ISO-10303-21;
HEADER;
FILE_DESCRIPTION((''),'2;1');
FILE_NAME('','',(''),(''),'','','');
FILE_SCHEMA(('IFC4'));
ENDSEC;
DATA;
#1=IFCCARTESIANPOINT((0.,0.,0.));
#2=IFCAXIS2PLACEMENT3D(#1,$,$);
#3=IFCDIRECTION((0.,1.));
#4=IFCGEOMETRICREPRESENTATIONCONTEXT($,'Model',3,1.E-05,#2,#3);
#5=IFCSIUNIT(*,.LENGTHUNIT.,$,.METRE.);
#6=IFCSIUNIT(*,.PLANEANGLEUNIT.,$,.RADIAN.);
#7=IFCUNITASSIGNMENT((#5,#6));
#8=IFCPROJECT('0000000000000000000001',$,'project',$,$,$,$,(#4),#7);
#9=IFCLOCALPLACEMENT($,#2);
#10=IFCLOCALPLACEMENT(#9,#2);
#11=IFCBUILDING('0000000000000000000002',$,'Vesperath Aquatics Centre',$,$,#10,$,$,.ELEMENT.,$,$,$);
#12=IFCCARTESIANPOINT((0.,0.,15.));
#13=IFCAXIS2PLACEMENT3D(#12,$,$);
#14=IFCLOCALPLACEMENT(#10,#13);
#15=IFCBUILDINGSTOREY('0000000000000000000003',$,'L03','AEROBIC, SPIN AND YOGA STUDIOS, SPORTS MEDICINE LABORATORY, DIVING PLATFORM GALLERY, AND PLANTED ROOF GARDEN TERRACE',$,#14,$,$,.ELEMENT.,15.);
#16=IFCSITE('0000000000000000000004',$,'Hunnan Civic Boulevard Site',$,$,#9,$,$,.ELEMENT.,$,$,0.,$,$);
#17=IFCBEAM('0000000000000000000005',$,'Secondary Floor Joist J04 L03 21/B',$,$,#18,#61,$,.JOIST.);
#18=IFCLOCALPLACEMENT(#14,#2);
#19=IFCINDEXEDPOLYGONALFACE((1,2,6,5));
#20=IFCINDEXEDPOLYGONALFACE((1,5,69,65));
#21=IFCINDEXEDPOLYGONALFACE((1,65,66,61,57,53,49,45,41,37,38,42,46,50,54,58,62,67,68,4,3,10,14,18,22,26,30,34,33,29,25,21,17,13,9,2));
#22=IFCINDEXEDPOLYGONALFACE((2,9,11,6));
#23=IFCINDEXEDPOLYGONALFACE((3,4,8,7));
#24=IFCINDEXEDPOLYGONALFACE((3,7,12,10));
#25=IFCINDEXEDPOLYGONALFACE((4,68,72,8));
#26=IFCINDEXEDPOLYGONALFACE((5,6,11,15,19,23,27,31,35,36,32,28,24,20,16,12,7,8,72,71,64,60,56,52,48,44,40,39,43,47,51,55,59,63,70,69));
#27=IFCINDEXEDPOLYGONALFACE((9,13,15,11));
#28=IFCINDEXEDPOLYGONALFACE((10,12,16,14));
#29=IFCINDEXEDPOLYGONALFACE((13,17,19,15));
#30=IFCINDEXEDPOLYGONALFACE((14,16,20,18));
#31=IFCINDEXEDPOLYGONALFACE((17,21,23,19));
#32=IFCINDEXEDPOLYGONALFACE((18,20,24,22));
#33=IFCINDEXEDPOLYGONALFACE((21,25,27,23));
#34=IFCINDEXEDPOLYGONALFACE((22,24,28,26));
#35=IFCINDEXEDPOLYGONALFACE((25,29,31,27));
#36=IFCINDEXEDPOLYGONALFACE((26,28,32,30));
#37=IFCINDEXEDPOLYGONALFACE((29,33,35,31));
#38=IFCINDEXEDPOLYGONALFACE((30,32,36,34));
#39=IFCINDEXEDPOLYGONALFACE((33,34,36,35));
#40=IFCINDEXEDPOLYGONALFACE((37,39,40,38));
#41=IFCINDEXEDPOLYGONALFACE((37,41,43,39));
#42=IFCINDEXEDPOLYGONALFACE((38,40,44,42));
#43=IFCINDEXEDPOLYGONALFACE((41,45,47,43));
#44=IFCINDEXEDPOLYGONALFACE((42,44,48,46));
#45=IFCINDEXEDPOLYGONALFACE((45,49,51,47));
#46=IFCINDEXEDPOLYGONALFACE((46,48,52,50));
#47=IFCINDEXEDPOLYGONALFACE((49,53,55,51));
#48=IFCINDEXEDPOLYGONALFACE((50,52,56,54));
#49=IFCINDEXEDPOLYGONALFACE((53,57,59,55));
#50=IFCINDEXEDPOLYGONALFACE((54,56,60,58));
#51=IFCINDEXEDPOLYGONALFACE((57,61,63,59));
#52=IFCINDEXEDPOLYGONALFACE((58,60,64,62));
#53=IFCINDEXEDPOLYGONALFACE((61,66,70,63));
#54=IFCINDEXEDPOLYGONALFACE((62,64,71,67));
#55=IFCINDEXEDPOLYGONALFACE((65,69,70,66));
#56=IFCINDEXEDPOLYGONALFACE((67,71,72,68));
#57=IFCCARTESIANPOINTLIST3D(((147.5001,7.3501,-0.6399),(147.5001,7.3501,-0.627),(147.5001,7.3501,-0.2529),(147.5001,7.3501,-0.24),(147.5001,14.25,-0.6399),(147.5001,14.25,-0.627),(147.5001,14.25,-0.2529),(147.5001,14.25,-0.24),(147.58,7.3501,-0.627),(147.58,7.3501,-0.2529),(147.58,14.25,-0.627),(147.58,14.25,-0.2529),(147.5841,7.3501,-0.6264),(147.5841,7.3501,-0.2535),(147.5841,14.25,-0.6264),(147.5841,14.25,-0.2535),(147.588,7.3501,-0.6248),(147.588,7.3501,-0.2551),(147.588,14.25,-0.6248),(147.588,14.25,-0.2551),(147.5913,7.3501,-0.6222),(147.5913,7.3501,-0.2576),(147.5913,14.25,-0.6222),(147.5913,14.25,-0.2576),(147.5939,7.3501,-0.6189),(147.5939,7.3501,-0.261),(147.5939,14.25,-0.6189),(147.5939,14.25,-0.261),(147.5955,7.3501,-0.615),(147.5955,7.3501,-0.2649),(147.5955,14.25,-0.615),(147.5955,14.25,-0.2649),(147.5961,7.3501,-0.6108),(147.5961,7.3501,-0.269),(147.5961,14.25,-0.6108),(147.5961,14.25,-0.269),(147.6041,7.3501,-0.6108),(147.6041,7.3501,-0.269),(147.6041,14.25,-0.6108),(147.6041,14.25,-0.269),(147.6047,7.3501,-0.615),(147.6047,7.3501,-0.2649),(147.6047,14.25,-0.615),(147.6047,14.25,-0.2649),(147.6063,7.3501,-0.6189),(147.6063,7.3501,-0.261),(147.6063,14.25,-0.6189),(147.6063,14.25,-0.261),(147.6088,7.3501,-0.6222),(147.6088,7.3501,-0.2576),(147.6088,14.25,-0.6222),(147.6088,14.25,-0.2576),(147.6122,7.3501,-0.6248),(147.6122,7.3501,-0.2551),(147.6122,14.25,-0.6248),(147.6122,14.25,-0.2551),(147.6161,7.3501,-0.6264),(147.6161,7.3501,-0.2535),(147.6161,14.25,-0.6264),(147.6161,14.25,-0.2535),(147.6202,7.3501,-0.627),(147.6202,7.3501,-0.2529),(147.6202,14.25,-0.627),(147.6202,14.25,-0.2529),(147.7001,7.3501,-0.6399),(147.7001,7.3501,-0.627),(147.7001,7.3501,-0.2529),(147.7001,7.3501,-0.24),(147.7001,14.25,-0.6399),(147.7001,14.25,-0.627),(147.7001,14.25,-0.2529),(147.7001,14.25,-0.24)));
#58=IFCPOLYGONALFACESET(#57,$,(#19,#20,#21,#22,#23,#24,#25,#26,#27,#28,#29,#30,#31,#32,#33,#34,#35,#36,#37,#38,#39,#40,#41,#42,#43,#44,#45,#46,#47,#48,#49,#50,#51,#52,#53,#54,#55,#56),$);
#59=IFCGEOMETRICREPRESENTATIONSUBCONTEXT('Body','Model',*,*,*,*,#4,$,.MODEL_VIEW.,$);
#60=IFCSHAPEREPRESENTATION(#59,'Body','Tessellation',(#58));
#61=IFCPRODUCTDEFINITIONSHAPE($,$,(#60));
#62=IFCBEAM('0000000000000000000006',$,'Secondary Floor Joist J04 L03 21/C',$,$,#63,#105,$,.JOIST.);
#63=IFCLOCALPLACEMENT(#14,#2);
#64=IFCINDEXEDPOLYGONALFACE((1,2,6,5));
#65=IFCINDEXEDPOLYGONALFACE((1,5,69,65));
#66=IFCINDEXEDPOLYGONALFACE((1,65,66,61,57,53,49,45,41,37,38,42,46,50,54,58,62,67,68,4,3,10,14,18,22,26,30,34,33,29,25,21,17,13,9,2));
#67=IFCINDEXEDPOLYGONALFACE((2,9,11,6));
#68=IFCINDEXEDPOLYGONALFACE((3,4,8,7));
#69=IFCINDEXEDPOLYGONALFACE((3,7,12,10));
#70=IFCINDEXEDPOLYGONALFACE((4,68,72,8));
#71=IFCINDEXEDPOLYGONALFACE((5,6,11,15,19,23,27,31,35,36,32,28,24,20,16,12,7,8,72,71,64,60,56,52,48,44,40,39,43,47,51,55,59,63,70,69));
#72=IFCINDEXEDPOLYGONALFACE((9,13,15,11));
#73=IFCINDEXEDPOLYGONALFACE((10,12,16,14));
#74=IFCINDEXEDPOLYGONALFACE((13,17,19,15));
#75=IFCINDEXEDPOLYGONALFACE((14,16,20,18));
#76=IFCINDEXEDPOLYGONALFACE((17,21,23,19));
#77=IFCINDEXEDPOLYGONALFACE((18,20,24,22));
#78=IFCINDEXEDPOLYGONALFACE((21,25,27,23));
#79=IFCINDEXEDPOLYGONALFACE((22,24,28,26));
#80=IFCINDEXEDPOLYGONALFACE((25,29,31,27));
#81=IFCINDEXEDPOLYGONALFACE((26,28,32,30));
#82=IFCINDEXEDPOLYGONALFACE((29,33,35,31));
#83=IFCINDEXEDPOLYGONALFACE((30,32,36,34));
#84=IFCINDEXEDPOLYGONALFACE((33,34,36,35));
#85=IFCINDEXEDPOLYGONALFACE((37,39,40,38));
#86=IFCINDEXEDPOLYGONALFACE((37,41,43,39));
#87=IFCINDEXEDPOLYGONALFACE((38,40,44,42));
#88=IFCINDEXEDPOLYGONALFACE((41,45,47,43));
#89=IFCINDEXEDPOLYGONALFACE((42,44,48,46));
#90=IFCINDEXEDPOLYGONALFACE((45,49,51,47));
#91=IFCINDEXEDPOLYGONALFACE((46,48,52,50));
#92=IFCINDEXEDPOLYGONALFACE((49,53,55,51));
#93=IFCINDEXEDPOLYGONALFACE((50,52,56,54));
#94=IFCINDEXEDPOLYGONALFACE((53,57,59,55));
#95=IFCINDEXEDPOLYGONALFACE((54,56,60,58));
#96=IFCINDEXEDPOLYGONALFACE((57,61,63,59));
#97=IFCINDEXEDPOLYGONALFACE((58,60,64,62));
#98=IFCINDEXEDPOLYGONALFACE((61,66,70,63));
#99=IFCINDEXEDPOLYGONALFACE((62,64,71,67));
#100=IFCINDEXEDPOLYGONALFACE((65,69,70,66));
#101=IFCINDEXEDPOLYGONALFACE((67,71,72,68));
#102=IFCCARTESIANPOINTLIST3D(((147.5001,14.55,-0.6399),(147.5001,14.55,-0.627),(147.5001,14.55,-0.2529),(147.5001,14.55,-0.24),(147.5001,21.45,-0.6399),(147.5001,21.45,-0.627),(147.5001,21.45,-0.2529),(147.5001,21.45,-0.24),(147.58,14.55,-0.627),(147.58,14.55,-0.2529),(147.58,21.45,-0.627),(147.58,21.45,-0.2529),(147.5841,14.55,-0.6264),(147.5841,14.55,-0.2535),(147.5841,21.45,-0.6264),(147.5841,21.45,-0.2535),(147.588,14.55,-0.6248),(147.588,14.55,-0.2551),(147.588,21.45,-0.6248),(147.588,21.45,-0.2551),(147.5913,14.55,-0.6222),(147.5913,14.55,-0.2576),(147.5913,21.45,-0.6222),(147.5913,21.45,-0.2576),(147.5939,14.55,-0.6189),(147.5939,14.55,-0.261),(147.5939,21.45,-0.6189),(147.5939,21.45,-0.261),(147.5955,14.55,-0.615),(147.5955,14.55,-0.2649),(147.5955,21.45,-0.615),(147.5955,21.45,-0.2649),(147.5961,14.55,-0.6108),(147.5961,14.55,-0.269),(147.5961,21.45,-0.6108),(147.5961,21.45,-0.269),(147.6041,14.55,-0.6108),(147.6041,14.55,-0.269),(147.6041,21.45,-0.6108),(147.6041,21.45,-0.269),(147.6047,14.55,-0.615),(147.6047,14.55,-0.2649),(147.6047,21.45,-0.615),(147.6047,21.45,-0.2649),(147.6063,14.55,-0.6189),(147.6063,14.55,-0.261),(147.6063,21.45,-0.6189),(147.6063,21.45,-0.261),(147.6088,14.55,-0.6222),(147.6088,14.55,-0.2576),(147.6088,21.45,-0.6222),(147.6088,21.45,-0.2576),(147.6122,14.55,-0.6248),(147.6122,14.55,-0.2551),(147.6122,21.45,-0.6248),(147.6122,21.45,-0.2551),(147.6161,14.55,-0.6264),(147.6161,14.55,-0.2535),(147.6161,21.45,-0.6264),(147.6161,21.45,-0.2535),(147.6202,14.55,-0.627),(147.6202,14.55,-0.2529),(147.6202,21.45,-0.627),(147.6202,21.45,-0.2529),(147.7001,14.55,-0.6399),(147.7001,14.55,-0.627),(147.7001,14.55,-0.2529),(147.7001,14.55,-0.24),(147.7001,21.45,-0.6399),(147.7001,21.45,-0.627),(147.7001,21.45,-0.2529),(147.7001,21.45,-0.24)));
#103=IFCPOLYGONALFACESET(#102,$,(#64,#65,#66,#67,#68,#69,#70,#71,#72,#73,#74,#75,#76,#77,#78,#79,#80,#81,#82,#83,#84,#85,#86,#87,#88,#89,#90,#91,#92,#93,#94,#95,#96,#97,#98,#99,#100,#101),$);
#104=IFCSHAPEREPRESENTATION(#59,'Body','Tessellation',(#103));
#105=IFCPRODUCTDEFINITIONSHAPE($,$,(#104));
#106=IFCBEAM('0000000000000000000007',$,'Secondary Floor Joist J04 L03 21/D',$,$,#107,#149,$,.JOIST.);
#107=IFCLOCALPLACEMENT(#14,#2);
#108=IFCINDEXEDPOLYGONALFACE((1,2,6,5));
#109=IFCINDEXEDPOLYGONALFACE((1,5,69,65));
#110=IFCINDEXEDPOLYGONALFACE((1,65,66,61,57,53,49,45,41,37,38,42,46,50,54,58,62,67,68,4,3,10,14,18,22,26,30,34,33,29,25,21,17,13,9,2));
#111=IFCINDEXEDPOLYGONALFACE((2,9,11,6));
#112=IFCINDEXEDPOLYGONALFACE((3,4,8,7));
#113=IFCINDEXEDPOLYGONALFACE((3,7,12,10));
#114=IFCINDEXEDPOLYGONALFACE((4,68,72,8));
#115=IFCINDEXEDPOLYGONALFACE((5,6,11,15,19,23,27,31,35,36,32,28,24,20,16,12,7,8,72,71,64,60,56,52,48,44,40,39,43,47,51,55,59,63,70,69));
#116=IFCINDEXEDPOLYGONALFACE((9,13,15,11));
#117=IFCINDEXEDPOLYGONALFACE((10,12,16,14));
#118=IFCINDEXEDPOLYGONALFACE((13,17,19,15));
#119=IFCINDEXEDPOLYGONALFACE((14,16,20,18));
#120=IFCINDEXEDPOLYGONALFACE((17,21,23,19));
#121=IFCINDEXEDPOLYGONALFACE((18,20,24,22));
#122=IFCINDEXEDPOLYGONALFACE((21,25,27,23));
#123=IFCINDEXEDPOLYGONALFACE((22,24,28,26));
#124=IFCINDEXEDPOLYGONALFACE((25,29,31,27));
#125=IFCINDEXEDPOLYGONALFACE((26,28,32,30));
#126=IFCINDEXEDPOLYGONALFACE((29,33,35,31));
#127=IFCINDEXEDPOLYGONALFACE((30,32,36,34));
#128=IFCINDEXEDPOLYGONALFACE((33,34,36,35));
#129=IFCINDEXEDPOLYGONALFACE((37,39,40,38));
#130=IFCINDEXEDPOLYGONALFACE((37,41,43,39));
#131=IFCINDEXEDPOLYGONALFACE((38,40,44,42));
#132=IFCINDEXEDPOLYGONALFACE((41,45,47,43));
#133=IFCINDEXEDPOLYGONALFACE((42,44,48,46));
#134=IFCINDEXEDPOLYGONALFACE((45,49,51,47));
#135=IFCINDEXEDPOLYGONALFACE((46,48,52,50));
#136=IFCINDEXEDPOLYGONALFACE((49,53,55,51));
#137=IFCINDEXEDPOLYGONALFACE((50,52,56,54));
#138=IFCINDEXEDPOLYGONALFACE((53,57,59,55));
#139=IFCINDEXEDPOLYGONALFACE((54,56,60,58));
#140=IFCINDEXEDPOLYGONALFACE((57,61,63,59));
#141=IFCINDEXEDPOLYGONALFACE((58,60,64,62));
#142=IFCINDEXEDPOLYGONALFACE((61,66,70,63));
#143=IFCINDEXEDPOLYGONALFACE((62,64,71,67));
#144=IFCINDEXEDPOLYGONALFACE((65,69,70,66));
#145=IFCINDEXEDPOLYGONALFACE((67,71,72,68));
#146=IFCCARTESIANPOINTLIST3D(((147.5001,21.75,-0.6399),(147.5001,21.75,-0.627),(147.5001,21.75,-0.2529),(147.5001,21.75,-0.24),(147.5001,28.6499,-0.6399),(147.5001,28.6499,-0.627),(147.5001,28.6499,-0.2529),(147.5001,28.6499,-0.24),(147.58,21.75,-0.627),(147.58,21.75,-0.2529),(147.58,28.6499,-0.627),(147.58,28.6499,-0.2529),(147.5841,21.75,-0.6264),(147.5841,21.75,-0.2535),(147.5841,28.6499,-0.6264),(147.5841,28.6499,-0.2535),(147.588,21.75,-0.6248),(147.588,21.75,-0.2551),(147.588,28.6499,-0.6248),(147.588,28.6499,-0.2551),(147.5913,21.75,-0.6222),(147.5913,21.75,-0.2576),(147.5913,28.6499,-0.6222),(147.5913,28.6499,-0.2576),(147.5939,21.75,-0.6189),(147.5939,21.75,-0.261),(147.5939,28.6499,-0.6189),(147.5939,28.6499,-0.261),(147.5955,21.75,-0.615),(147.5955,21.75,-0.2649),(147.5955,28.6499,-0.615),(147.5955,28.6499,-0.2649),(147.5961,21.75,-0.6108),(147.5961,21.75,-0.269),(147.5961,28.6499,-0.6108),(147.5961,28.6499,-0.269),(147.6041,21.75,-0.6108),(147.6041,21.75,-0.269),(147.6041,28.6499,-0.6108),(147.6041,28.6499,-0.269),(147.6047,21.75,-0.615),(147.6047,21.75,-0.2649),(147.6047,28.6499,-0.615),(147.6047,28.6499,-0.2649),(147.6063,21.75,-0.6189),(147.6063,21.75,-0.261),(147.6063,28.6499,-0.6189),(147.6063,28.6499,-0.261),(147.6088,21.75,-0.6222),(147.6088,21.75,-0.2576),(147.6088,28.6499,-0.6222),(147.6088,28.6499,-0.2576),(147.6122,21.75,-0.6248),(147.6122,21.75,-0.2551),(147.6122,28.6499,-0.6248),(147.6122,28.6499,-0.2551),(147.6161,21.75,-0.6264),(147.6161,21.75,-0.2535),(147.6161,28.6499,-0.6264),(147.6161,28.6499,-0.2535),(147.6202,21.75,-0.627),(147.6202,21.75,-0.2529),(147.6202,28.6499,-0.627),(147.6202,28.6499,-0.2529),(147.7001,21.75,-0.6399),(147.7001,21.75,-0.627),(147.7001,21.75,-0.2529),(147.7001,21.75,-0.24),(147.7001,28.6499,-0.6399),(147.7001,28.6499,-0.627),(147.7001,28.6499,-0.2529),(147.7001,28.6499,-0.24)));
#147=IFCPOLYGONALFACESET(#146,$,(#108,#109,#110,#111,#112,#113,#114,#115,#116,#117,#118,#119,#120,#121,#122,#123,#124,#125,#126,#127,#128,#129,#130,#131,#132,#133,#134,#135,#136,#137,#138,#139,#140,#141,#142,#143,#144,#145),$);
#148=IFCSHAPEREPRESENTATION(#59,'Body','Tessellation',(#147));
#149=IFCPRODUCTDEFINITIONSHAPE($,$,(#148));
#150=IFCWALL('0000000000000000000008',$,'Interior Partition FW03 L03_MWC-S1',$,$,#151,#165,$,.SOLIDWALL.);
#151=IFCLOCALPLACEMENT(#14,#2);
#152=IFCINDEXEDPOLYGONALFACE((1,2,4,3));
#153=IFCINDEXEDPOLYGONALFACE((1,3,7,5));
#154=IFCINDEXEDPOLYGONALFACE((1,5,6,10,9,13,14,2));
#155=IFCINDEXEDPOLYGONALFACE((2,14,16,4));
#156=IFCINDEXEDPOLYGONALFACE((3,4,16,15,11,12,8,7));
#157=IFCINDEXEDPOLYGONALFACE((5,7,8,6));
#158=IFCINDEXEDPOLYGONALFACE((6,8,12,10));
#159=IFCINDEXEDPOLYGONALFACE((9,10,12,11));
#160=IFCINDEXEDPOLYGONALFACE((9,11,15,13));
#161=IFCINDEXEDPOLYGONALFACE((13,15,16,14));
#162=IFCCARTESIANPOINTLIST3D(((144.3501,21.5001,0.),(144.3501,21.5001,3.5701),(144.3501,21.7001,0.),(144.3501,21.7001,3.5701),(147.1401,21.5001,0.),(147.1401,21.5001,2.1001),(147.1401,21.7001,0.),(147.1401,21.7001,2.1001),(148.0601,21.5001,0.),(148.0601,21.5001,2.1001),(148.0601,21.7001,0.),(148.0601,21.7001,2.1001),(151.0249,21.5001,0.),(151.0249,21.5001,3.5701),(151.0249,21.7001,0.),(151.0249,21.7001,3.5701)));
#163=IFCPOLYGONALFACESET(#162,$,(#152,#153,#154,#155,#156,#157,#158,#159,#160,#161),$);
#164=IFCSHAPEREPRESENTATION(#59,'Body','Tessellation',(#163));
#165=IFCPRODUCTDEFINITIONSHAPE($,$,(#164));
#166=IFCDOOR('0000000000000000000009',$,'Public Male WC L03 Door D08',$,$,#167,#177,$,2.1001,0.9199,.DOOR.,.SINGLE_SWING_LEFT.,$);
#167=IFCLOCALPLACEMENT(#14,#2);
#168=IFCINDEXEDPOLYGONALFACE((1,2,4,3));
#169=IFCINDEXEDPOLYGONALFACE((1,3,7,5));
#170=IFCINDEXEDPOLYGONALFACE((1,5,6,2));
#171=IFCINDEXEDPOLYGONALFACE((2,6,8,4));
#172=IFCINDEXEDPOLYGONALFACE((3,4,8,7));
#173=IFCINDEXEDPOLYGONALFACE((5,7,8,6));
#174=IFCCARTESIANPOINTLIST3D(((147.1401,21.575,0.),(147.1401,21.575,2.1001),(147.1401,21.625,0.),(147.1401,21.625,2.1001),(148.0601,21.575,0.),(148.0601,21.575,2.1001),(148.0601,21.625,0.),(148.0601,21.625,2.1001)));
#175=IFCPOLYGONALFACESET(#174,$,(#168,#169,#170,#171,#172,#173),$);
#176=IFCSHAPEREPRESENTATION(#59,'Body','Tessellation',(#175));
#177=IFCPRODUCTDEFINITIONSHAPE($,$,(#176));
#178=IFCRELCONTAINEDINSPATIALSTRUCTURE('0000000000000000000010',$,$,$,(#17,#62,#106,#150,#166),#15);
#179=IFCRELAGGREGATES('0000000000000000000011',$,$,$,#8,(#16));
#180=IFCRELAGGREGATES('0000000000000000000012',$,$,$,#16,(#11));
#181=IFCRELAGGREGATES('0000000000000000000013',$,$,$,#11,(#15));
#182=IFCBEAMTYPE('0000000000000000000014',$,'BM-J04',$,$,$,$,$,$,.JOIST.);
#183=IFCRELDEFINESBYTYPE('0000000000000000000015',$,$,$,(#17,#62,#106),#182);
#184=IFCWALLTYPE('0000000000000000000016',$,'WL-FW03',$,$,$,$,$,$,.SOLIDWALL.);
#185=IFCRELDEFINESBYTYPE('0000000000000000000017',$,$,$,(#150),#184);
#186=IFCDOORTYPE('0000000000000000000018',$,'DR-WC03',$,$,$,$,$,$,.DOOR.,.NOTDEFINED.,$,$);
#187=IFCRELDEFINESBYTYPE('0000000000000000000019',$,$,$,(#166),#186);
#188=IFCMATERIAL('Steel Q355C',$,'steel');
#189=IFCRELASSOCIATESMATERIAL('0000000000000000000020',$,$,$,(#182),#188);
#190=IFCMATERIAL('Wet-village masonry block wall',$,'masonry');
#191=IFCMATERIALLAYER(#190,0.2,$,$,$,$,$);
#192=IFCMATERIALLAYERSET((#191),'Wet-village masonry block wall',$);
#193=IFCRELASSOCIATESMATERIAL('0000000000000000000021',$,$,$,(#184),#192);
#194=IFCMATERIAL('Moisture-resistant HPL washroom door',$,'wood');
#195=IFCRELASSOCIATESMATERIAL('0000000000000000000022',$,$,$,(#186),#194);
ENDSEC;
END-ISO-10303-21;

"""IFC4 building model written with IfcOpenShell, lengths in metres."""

from ifc_helpers import new_model, si_unit, direction, frame, frame_2d, origin, origin_2d, place, context, subcontext, project, spatial, rectangle, i_section, extrude, material, layer, layer_set, material_profile, profile_set, type_object, element, fill, save


model = new_model("IFC4")

# Units and contexts
model_context = context("Model", 3, precision=1e-05, world=origin(), true_north=direction((0.0, 1.0)))
body_context = subcontext(model_context, "Body", "Model", "MODEL_VIEW")
ifc_project = project(units=[si_unit("LENGTHUNIT", "METRE"), si_unit("PLANEANGLEUNIT", "RADIAN")], contexts=[model_context])

# Site, building, storey
site_placement = place(None, origin())
site = spatial("IfcSite", under=ifc_project, at=site_placement, Name="Hunnan Civic Boulevard Site", CompositionType="ELEMENT", RefElevation=0.0)
building_placement = place(site_placement, origin())
building = spatial("IfcBuilding", under=site, at=building_placement, Name="Vesperath Aquatics Centre", CompositionType="ELEMENT")
storey_placement = place(building_placement, frame((0.0, 0.0, 15.0)))
storey = spatial("IfcBuildingStorey", under=building, at=storey_placement, Name="L03", Description="AEROBIC, SPIN AND YOGA STUDIOS, SPORTS MEDICINE LABORATORY, DIVING PLATFORM GALLERY, AND PLANTED ROOF GARDEN TERRACE", CompositionType="ELEMENT", Elevation=15.0)

# Shared definitions
ifc_material_1 = material(Name="Steel Q355C", Category="steel")

# Beams
ifc_material_profile_1 = material_profile(ifc_material_1, i_section(OverallWidth=0.2, OverallDepth=0.3999, WebThickness=0.0081, FlangeThickness=0.0129, FilletRadius=0.0161, at=origin_2d()), Name="HN 400x200x8x13")
ifc_profile_set_1 = profile_set([ifc_material_profile_1], Name="Steel Q355C")
beam_type_1 = type_object("IfcBeamType", Name="BM-J04", PredefinedType="JOIST", material=ifc_profile_set_1)
for number, where, z_axis, x_axis, name in (
    (1, (147.6001, 7.3501, -0.4399), (0.0, 1.0, 0.0), (-1.0, 0.0, 0.0), "Secondary Floor Joist J04 L03 21/B"),
    (2, (147.6001, 14.55, -0.4399), (0.0, 1.0, 0.0), (-1.0, 0.0, 0.0), "Secondary Floor Joist J04 L03 21/C"),
    (3, (147.6001, 21.75, -0.4399), (0.0, 1.0, 0.0), (-1.0, 0.0, 0.0), "Secondary Floor Joist J04 L03 21/D"),
):
    element("IfcBeam", number, at=place(storey_placement, frame(where, z_axis=z_axis, x_axis=x_axis)), inside=storey, type_object=beam_type_1, Name=name, PredefinedType="JOIST", context=body_context, shape_type="SweptSolid", body=[
        extrude(i_section(OverallWidth=0.2, OverallDepth=0.3999, WebThickness=0.0081, FlangeThickness=0.0129, FilletRadius=0.0161, at=origin_2d()), origin(), (0.0, 0.0, 1.0), 6.8999),
    ])

# Wall, opening, door
ifc_material_2 = material(Name="Wet-village masonry block wall", Category="masonry")
ifc_layer_1 = layer(ifc_material_2, 0.2)
ifc_layer_set_1 = layer_set([ifc_layer_1], Name="Wet-village masonry block wall")
wall_type_1 = type_object("IfcWallType", Name="WL-FW03", PredefinedType="SOLIDWALL", material=ifc_layer_set_1)
wall_1_placement = place(storey_placement, frame((144.3501, 21.6001, 0.0), z_axis=(0.0, 0.0, 1.0), x_axis=(1.0, 0.0, 0.0)))
wall_1 = element("IfcWall", 4, at=wall_1_placement, inside=storey, type_object=wall_type_1, Name="Interior Partition FW03 L03_MWC-S1", PredefinedType="SOLIDWALL", context=body_context, shape_type="SweptSolid", body=[
    extrude(rectangle(XDim=6.6748, YDim=0.2, at=frame_2d((3.3374, 0.0))), origin(), (0.0, 0.0, 1.0), 3.5701),
])
opening_1_placement = place(wall_1_placement, frame((2.79, 0.0, 0.0)))
opening_1 = element("IfcOpeningElement", 5, at=opening_1_placement, cuts=wall_1, PredefinedType="OPENING", context=body_context, shape_type="SweptSolid", body=[
    extrude(rectangle(XDim=0.9199, YDim=2.1001, at=frame_2d((0.46, 1.05))), frame((0.0, 0.1147, 0.0), z_axis=(0.0, -1.0, 0.0), x_axis=(1.0, 0.0, 0.0)), (0.0, 0.0, 1.0), 0.2297),
])
ifc_material_3 = material(Name="Moisture-resistant HPL washroom door", Category="wood")
door_type_1 = type_object("IfcDoorType", Name="DR-WC03", OperationType="NOTDEFINED", PredefinedType="DOOR", material=ifc_material_3)
door_1_placement = place(opening_1_placement, origin())
door_1 = element("IfcDoor", 6, at=door_1_placement, inside=storey, type_object=door_type_1, Name="Public Male WC L03 Door D08", OperationType="SINGLE_SWING_LEFT", OverallHeight=2.1001, OverallWidth=0.9199, PredefinedType="DOOR", context=body_context, shape_type="SweptSolid", body=[
    extrude(rectangle(XDim=0.9199, YDim=2.1001, at=frame_2d((0.46, 1.05))), frame((0.0, 0.0249, 0.0), z_axis=(0.0, -1.0, 0.0), x_axis=(1.0, 0.0, 0.0)), (0.0, 0.0, 1.0), 0.05),
])
fill(opening_1, door_1)

save(model, "model.ifc")
